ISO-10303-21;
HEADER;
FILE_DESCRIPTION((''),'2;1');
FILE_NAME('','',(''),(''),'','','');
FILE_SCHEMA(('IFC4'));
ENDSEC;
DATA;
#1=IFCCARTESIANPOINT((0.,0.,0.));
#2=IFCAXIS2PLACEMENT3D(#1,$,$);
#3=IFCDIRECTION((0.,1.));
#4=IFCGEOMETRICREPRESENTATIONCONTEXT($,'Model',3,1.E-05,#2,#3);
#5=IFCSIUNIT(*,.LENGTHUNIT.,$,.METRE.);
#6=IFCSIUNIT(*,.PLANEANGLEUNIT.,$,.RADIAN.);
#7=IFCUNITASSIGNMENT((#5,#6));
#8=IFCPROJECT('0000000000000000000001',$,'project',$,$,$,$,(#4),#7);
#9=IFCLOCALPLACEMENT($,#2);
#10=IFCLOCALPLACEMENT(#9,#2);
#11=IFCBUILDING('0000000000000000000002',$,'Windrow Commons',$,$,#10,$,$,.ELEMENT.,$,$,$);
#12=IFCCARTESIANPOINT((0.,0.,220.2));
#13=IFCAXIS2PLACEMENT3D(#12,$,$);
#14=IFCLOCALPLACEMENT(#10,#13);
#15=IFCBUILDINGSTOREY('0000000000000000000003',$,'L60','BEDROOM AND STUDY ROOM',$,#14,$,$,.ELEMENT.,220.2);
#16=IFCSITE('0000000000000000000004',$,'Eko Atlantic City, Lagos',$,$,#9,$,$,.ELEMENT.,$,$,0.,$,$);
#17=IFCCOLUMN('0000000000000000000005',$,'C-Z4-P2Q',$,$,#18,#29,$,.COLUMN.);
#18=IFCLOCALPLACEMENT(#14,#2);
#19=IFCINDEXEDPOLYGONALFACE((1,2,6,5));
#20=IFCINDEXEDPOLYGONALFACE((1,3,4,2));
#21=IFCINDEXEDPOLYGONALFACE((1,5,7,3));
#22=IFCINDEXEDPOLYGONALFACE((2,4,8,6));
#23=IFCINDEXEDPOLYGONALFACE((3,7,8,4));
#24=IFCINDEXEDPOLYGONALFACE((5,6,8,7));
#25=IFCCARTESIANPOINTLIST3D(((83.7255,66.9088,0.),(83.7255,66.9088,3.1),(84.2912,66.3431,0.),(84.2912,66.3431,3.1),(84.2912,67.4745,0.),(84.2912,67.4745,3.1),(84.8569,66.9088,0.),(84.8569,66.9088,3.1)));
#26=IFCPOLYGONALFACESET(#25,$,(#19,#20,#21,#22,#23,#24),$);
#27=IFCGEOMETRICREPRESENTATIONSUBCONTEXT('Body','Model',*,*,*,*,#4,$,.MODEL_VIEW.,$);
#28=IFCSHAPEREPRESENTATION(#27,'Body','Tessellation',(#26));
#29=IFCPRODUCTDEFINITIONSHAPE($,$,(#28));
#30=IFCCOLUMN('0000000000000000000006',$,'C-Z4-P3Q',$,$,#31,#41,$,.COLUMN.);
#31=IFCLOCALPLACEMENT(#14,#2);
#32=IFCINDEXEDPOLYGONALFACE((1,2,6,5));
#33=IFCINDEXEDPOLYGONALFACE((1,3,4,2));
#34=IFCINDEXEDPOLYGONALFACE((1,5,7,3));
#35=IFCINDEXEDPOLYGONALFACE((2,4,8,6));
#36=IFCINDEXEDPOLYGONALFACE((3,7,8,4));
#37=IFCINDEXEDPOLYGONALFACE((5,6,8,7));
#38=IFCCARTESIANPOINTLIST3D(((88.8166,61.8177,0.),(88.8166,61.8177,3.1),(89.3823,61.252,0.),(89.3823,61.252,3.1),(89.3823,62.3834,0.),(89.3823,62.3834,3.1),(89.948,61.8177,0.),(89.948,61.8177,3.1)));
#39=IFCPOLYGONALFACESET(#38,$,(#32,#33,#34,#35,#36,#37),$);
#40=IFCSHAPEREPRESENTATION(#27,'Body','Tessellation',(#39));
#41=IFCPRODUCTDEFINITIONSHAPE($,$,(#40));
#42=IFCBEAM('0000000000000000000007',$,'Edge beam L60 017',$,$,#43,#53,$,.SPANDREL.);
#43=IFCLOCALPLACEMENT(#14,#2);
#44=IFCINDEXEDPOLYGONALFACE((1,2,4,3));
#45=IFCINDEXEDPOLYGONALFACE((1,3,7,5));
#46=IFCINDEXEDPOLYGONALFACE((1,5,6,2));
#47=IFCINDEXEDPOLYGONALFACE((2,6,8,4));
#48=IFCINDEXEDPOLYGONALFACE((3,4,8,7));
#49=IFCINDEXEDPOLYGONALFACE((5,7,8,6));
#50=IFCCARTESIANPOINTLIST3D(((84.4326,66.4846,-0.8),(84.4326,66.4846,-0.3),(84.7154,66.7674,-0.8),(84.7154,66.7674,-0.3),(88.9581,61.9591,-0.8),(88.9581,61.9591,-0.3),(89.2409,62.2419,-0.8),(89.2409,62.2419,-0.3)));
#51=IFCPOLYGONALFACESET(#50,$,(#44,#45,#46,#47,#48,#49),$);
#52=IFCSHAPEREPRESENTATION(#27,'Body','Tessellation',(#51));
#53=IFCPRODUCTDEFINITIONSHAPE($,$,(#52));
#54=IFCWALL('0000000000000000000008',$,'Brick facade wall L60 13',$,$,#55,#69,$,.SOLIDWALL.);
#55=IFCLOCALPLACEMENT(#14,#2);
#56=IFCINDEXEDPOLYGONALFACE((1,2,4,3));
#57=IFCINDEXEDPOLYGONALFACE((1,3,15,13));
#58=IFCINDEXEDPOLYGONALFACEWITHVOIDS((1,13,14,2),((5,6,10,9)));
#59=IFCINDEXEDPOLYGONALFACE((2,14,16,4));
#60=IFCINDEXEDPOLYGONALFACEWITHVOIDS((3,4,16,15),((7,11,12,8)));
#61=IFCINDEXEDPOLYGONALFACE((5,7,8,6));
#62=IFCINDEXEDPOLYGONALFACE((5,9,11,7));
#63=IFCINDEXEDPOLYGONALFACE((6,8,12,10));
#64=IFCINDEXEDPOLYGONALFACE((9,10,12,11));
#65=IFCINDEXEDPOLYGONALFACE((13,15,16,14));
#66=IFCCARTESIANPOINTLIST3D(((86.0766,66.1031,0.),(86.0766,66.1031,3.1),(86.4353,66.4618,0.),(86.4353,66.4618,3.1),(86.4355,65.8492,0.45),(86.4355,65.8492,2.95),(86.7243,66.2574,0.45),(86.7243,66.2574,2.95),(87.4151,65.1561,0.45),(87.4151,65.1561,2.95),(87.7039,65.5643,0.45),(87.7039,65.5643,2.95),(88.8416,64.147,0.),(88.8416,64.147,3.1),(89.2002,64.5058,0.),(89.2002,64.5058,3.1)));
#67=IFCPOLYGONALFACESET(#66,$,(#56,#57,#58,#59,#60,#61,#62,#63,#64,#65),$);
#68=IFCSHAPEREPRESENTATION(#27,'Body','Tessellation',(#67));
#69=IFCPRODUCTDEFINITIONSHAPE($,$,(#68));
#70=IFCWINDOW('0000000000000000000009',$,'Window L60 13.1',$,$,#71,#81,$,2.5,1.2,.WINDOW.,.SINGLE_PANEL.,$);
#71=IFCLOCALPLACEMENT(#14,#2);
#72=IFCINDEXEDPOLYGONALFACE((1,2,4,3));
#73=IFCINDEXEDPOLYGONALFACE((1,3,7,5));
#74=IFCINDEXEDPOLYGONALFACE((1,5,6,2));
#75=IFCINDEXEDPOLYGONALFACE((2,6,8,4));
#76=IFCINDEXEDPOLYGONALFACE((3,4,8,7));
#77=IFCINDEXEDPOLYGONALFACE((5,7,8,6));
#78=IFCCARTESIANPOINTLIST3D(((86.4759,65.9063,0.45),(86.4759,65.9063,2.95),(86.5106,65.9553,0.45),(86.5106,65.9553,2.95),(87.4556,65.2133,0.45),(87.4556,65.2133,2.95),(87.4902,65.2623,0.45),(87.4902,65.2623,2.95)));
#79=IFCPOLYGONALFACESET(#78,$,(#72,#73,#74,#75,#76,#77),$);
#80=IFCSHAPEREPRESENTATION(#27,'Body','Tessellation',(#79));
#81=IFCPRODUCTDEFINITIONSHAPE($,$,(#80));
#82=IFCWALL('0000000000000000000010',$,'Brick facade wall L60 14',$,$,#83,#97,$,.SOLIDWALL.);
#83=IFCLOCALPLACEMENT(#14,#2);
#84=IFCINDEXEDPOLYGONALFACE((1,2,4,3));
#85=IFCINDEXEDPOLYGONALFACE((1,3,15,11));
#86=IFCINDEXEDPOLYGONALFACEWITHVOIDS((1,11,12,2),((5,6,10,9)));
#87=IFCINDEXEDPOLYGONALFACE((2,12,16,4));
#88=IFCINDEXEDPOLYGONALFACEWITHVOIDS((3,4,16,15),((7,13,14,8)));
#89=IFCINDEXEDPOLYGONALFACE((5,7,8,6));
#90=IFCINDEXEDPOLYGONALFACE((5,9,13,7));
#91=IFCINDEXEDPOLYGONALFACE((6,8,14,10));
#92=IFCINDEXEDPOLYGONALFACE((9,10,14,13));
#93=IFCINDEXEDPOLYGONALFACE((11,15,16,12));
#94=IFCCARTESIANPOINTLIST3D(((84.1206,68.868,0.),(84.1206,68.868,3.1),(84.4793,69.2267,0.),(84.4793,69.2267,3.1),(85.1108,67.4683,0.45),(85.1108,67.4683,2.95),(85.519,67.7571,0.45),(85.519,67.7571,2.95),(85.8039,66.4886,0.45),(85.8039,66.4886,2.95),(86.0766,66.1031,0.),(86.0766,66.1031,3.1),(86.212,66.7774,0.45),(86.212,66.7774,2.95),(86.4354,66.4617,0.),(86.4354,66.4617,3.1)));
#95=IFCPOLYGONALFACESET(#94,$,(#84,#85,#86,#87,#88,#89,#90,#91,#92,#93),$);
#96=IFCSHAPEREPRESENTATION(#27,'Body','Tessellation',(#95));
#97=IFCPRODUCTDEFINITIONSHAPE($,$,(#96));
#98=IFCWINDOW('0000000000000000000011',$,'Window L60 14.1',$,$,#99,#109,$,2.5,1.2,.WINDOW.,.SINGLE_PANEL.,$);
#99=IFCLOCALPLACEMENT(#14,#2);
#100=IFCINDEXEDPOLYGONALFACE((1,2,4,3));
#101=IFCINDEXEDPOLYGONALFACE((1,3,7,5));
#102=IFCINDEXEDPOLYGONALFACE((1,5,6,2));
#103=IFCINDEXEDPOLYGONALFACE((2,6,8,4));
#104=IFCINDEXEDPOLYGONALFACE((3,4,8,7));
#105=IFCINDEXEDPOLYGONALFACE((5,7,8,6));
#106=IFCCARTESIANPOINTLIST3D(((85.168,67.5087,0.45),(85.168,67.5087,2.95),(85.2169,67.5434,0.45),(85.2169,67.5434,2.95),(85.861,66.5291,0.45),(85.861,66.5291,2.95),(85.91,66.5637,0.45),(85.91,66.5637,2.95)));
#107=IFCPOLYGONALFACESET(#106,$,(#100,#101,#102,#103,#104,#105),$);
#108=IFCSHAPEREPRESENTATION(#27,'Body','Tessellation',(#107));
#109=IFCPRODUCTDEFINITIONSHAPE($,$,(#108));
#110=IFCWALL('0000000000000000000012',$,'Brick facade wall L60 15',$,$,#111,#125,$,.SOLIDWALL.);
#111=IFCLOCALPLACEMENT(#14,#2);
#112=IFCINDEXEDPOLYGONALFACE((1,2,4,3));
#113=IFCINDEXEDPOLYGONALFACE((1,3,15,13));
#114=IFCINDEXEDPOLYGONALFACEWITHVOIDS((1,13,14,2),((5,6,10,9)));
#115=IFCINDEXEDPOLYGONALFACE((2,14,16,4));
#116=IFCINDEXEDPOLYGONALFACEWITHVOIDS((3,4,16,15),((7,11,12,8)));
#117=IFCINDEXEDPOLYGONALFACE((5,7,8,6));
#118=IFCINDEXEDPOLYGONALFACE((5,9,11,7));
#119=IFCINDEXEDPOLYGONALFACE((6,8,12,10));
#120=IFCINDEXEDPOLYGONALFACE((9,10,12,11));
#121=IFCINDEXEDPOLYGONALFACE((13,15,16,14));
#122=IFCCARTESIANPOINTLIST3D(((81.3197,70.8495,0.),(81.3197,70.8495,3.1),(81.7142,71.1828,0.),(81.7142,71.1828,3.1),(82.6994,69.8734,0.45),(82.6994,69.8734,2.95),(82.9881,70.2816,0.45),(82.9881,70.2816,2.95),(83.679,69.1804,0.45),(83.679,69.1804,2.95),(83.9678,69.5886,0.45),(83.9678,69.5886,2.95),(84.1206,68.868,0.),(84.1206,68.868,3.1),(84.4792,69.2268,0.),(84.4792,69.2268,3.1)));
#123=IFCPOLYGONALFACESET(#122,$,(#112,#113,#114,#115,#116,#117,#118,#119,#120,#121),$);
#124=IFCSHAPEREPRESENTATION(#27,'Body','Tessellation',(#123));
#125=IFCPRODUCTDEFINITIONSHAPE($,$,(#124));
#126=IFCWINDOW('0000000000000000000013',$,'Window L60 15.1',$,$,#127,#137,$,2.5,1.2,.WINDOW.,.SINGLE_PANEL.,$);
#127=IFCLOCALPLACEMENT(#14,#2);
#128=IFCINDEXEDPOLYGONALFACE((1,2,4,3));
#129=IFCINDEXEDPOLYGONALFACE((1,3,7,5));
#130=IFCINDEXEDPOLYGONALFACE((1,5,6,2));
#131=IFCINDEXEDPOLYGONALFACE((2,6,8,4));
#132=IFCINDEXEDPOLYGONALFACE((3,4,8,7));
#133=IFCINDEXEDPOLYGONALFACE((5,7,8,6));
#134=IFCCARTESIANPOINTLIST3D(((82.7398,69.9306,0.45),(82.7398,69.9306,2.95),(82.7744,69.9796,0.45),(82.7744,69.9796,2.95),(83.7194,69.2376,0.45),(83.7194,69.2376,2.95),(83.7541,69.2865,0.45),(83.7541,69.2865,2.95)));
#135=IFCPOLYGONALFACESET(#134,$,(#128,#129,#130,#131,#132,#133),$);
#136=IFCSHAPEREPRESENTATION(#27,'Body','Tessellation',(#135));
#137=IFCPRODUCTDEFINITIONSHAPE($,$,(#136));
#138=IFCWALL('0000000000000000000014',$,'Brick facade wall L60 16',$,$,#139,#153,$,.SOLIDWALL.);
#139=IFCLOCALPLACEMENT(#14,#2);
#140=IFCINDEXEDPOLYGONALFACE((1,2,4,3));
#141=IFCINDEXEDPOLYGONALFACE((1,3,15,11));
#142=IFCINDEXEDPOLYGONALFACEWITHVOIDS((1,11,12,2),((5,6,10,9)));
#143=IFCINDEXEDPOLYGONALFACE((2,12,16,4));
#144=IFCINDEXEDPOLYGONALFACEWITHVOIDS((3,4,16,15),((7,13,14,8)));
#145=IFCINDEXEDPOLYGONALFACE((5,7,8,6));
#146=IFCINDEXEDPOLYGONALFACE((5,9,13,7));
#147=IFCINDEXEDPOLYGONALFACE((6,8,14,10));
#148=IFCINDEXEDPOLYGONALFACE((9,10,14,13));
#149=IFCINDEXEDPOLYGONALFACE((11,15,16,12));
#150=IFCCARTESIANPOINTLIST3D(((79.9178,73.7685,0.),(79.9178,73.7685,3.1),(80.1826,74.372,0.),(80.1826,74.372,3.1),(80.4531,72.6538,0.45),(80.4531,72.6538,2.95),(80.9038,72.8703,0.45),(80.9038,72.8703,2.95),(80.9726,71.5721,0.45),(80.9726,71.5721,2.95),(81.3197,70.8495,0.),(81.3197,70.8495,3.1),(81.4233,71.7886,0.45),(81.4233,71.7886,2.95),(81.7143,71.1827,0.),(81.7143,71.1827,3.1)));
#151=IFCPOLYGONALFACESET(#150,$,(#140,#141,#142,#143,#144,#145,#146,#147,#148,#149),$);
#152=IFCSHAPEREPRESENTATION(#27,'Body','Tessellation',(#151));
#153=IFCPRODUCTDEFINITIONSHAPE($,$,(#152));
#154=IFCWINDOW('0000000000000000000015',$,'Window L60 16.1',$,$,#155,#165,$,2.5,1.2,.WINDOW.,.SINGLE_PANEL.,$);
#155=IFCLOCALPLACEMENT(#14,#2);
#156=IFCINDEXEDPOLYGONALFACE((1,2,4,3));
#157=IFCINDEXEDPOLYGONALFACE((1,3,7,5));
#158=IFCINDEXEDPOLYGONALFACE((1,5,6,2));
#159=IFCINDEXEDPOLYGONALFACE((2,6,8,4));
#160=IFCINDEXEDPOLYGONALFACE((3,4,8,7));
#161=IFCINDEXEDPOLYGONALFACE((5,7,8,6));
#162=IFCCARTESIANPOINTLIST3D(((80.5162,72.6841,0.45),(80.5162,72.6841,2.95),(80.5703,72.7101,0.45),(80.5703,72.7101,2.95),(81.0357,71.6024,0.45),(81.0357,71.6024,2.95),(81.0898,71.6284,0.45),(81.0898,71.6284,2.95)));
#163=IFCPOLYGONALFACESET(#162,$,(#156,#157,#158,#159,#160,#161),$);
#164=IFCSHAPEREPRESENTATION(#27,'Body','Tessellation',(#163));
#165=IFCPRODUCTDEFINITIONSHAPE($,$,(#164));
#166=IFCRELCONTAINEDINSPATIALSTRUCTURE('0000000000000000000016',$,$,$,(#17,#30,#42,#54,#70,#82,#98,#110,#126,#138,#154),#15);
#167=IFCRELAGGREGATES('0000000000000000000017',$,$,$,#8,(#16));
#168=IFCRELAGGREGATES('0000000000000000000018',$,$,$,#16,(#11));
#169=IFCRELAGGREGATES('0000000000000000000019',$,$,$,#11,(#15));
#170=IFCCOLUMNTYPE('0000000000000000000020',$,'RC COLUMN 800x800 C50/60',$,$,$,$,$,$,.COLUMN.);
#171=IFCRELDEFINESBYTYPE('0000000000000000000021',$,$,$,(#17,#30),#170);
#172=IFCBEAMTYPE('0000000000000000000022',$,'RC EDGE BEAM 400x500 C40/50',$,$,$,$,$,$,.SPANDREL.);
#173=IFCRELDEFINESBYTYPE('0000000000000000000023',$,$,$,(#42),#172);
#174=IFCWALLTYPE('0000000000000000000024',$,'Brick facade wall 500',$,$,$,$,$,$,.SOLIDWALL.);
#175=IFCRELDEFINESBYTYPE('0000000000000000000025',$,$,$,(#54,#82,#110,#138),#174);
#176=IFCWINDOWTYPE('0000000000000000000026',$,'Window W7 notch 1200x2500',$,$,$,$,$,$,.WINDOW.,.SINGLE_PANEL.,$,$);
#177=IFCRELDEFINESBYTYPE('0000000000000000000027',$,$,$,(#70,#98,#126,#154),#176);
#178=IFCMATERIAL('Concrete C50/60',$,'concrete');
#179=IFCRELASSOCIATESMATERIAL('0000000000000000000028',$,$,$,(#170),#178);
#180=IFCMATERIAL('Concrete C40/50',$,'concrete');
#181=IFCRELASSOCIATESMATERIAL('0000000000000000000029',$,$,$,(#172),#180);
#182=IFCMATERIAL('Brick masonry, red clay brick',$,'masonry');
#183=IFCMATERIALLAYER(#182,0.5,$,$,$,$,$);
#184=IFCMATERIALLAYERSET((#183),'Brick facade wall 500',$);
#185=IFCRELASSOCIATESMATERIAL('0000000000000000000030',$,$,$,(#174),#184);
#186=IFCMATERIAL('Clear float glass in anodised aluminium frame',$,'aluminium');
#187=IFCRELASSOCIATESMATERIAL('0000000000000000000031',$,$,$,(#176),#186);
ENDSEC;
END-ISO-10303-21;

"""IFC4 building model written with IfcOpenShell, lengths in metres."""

from ifc_helpers import new_model, si_unit, direction, frame, frame_2d, origin, origin_2d, place, context, subcontext, project, spatial, polyline, rectangle, outline, extrude, material, layer, layer_set, material_profile, profile_set, type_object, element, fill, save


model = new_model("IFC4")

# Units and contexts
model_context = context("Model", 3, precision=1e-05, world=origin(), true_north=direction((0.0, 1.0)))
body_context = subcontext(model_context, "Body", "Model", "MODEL_VIEW")
ifc_project = project(units=[si_unit("LENGTHUNIT", "METRE"), si_unit("PLANEANGLEUNIT", "RADIAN")], contexts=[model_context])

# Site, building, storey
site_placement = place(None, origin())
site = spatial("IfcSite", under=ifc_project, at=site_placement, Name="Eko Atlantic City, Lagos", CompositionType="ELEMENT", RefElevation=0.0)
building_placement = place(site_placement, origin())
building = spatial("IfcBuilding", under=site, at=building_placement, Name="Windrow Commons", CompositionType="ELEMENT")
storey_placement = place(building_placement, frame((0.0, 0.0, 220.2)))
storey = spatial("IfcBuildingStorey", under=building, at=storey_placement, Name="L60", Description="BEDROOM AND STUDY ROOM", CompositionType="ELEMENT", Elevation=220.2)

# Columns
ifc_material_1 = material(Name="Concrete C50/60", Category="concrete")
ifc_material_profile_1 = material_profile(ifc_material_1, rectangle(XDim=0.8, YDim=0.8, at=origin_2d()))
ifc_profile_set_1 = profile_set([ifc_material_profile_1], Name="Concrete C50/60")
column_type = type_object("IfcColumnType", Name="RC COLUMN 800x800 C50/60", PredefinedType="COLUMN", material=ifc_profile_set_1)
for number, where, z_axis, x_axis, name in (
    (1, (84.2912, 66.9088, 0.0), (0.0, 0.0, 1.0), (0.707107, -0.707107, 0.0), "C-Z4-P2Q"),
    (2, (89.3823, 61.8177, 0.0), (0.0, 0.0, 1.0), (0.707107, -0.707107, 0.0), "C-Z4-P3Q"),
):
    element("IfcColumn", number, at=place(storey_placement, frame(where, z_axis=z_axis, x_axis=x_axis)), inside=storey, type_object=column_type, Name=name, PredefinedType="COLUMN", context=body_context, shape_type="SweptSolid", body=[
        extrude(rectangle(XDim=0.8, YDim=0.8, at=origin_2d()), origin(), (0.0, 0.0, 1.0), 3.1),
    ])

# Beam
ifc_material_2 = material(Name="Concrete C40/50", Category="concrete")
ifc_material_profile_2 = material_profile(ifc_material_2, rectangle(XDim=0.4, YDim=0.5, at=origin_2d()))
ifc_profile_set_2 = profile_set([ifc_material_profile_2], Name="Concrete C40/50")
beam_type = type_object("IfcBeamType", Name="RC EDGE BEAM 400x500 C40/50", PredefinedType="SPANDREL", material=ifc_profile_set_2)
beam_placement = place(storey_placement, frame((84.574, 66.626, -0.55), z_axis=(0.707107, -0.707107, 0.0), x_axis=(0.707107, 0.707107, 0.0)))
element("IfcBeam", 3, at=beam_placement, inside=storey, type_object=beam_type, Name="Edge beam L60 017", PredefinedType="SPANDREL", context=body_context, shape_type="SweptSolid", body=[
    extrude(rectangle(XDim=0.4, YDim=0.5, at=origin_2d()), origin(), (0.0, 0.0, 1.0), 6.4),
])

# Walls, openings, windows
ifc_material_3 = material(Name="Brick masonry, red clay brick", Category="masonry")
ifc_layer_1 = layer(ifc_material_3, 0.5)
ifc_layer_set_1 = layer_set([ifc_layer_1], Name="Brick facade wall 500")
wall_type_1 = type_object("IfcWallType", Name="Brick facade wall 500", PredefinedType="SOLIDWALL", material=ifc_layer_set_1)
wall_1_placement = place(storey_placement, frame((89.0209, 64.3264, 0.0), z_axis=(0.0, 0.0, 1.0), x_axis=(-0.816368, 0.577531, 0.0)))
wall_1 = element("IfcWall", 4, at=wall_1_placement, inside=storey, type_object=wall_type_1, Name="Brick facade wall L60 13", PredefinedType="SOLIDWALL", context=body_context, shape_type="SweptSolid", body=[
    extrude(outline(polyline([(-0.0428, -0.25), (3.3441, -0.25), (3.4297, 0.25), (0.0428, 0.25), (-0.0428, -0.25)])), origin(), (0.0, 0.0, 1.0), 3.1),
])
opening_1_placement = place(wall_1_placement, frame((1.7901, 0.0, 0.45)))
opening_1 = element("IfcOpeningElement", 5, at=opening_1_placement, cuts=wall_1, PredefinedType="OPENING", context=body_context, shape_type="SweptSolid", body=[
    extrude(rectangle(XDim=1.2, YDim=2.5, at=frame_2d((0.6, 1.25))), frame((0.0, 0.26, 0.0), z_axis=(0.0, -1.0, 0.0), x_axis=(1.0, 0.0, 0.0)), (0.0, 0.0, 1.0), 0.52),
])
ifc_material_4 = material(Name="Clear float glass in anodised aluminium frame", Category="aluminium")
window_type = type_object("IfcWindowType", Name="Window W7 notch 1200x2500", PartitioningType="SINGLE_PANEL", PredefinedType="WINDOW", material=ifc_material_4)
window_1_placement = place(opening_1_placement, origin())
window_1 = element("IfcWindow", 6, at=window_1_placement, inside=storey, type_object=window_type, Name="Window L60 13.1", OverallHeight=2.5, OverallWidth=1.2, PartitioningType="SINGLE_PANEL", PredefinedType="WINDOW", context=body_context, shape_type="SweptSolid", body=[
    extrude(rectangle(XDim=1.2, YDim=2.5, at=frame_2d((0.6, 1.25))), frame((0.0, 0.18, 0.0), z_axis=(0.0, -1.0, 0.0), x_axis=(1.0, 0.0, 0.0)), (0.0, 0.0, 1.0), 0.06),
])
fill(opening_1, window_1)
wall_2_placement = place(storey_placement, frame((86.256, 66.2824, 0.0), z_axis=(0.0, 0.0, 1.0), x_axis=(-0.577537, 0.816364, 0.0)))
wall_2 = element("IfcWall", 7, at=wall_2_placement, inside=storey, type_object=wall_type_1, Name="Brick facade wall L60 14", PredefinedType="SOLIDWALL", context=body_context, shape_type="SweptSolid", body=[
    extrude(outline(polyline([(0.0428, -0.25), (3.4297, -0.25), (3.3441, 0.25), (-0.0428, 0.25), (0.0428, -0.25)])), origin(), (0.0, 0.0, 1.0), 3.1),
])
opening_2_placement = place(wall_2_placement, frame((0.4295, 0.0, 0.45)))
opening_2 = element("IfcOpeningElement", 8, at=opening_2_placement, cuts=wall_2, PredefinedType="OPENING", context=body_context, shape_type="SweptSolid", body=[
    extrude(rectangle(XDim=1.2, YDim=2.5, at=frame_2d((0.6, 1.25))), frame((0.0, 0.26, 0.0), z_axis=(0.0, -1.0, 0.0), x_axis=(1.0, 0.0, 0.0)), (0.0, 0.0, 1.0), 0.52),
])
window_2_placement = place(opening_2_placement, origin())
window_2 = element("IfcWindow", 9, at=window_2_placement, inside=storey, type_object=window_type, Name="Window L60 14.1", OverallHeight=2.5, OverallWidth=1.2, PartitioningType="SINGLE_PANEL", PredefinedType="WINDOW", context=body_context, shape_type="SweptSolid", body=[
    extrude(rectangle(XDim=1.2, YDim=2.5, at=frame_2d((0.6, 1.25))), frame((0.0, 0.18, 0.0), z_axis=(0.0, -1.0, 0.0), x_axis=(1.0, 0.0, 0.0)), (0.0, 0.0, 1.0), 0.06),
])
fill(opening_2, window_2)
wall_3_placement = place(storey_placement, frame((84.2999, 69.0474, 0.0), z_axis=(0.0, 0.0, 1.0), x_axis=(-0.816373, 0.577525, 0.0)))
wall_3 = element("IfcWall", 10, at=wall_3_placement, inside=storey, type_object=wall_type_1, Name="Brick facade wall L60 15", PredefinedType="SOLIDWALL", context=body_context, shape_type="SweptSolid", body=[
    extrude(outline(polyline([(-0.0428, -0.25), (3.3441, -0.25), (3.4737, 0.25), (0.0428, 0.25), (-0.0428, -0.25)])), origin(), (0.0, 0.0, 1.0), 3.1),
])
opening_3_placement = place(wall_3_placement, frame((0.5837, 0.0, 0.45)))
opening_3 = element("IfcOpeningElement", 11, at=opening_3_placement, cuts=wall_3, PredefinedType="OPENING", context=body_context, shape_type="SweptSolid", body=[
    extrude(rectangle(XDim=1.2, YDim=2.5, at=frame_2d((0.6, 1.25))), frame((0.0, 0.26, 0.0), z_axis=(0.0, -1.0, 0.0), x_axis=(1.0, 0.0, 0.0)), (0.0, 0.0, 1.0), 0.52),
])
window_3_placement = place(opening_3_placement, origin())
window_3 = element("IfcWindow", 12, at=window_3_placement, inside=storey, type_object=window_type, Name="Window L60 15.1", OverallHeight=2.5, OverallWidth=1.2, PartitioningType="SINGLE_PANEL", PredefinedType="WINDOW", context=body_context, shape_type="SweptSolid", body=[
    extrude(rectangle(XDim=1.2, YDim=2.5, at=frame_2d((0.6, 1.25))), frame((0.0, 0.18, 0.0), z_axis=(0.0, -1.0, 0.0), x_axis=(1.0, 0.0, 0.0)), (0.0, 0.0, 1.0), 0.06),
])
fill(opening_3, window_3)
wall_4_placement = place(storey_placement, frame((81.517, 71.0161, 0.0), z_axis=(0.0, 0.0, 1.0), x_axis=(-0.432931, 0.901427, 0.0)))
wall_4 = element("IfcWall", 13, at=wall_4_placement, inside=storey, type_object=wall_type_1, Name="Brick facade wall L60 16", PredefinedType="SOLIDWALL", context=body_context, shape_type="SweptSolid", body=[
    extrude(outline(polyline([(0.0648, -0.25), (3.6028, -0.25), (3.1734, 0.25), (-0.0648, 0.25), (0.0648, -0.25)])), origin(), (0.0, 0.0, 1.0), 3.1),
])
opening_4_placement = place(wall_4_placement, frame((0.7369, 0.0, 0.45)))
opening_4 = element("IfcOpeningElement", 14, at=opening_4_placement, cuts=wall_4, PredefinedType="OPENING", context=body_context, shape_type="SweptSolid", body=[
    extrude(rectangle(XDim=1.2, YDim=2.5, at=frame_2d((0.6, 1.25))), frame((0.0, 0.26, 0.0), z_axis=(0.0, -1.0, 0.0), x_axis=(1.0, 0.0, 0.0)), (0.0, 0.0, 1.0), 0.52),
])
window_4_placement = place(opening_4_placement, origin())
window_4 = element("IfcWindow", 15, at=window_4_placement, inside=storey, type_object=window_type, Name="Window L60 16.1", OverallHeight=2.5, OverallWidth=1.2, PartitioningType="SINGLE_PANEL", PredefinedType="WINDOW", context=body_context, shape_type="SweptSolid", body=[
    extrude(rectangle(XDim=1.2, YDim=2.5, at=frame_2d((0.6, 1.25))), frame((0.0, 0.18, 0.0), z_axis=(0.0, -1.0, 0.0), x_axis=(1.0, 0.0, 0.0)), (0.0, 0.0, 1.0), 0.06),
])
fill(opening_4, window_4)

save(model, "model.ifc")
